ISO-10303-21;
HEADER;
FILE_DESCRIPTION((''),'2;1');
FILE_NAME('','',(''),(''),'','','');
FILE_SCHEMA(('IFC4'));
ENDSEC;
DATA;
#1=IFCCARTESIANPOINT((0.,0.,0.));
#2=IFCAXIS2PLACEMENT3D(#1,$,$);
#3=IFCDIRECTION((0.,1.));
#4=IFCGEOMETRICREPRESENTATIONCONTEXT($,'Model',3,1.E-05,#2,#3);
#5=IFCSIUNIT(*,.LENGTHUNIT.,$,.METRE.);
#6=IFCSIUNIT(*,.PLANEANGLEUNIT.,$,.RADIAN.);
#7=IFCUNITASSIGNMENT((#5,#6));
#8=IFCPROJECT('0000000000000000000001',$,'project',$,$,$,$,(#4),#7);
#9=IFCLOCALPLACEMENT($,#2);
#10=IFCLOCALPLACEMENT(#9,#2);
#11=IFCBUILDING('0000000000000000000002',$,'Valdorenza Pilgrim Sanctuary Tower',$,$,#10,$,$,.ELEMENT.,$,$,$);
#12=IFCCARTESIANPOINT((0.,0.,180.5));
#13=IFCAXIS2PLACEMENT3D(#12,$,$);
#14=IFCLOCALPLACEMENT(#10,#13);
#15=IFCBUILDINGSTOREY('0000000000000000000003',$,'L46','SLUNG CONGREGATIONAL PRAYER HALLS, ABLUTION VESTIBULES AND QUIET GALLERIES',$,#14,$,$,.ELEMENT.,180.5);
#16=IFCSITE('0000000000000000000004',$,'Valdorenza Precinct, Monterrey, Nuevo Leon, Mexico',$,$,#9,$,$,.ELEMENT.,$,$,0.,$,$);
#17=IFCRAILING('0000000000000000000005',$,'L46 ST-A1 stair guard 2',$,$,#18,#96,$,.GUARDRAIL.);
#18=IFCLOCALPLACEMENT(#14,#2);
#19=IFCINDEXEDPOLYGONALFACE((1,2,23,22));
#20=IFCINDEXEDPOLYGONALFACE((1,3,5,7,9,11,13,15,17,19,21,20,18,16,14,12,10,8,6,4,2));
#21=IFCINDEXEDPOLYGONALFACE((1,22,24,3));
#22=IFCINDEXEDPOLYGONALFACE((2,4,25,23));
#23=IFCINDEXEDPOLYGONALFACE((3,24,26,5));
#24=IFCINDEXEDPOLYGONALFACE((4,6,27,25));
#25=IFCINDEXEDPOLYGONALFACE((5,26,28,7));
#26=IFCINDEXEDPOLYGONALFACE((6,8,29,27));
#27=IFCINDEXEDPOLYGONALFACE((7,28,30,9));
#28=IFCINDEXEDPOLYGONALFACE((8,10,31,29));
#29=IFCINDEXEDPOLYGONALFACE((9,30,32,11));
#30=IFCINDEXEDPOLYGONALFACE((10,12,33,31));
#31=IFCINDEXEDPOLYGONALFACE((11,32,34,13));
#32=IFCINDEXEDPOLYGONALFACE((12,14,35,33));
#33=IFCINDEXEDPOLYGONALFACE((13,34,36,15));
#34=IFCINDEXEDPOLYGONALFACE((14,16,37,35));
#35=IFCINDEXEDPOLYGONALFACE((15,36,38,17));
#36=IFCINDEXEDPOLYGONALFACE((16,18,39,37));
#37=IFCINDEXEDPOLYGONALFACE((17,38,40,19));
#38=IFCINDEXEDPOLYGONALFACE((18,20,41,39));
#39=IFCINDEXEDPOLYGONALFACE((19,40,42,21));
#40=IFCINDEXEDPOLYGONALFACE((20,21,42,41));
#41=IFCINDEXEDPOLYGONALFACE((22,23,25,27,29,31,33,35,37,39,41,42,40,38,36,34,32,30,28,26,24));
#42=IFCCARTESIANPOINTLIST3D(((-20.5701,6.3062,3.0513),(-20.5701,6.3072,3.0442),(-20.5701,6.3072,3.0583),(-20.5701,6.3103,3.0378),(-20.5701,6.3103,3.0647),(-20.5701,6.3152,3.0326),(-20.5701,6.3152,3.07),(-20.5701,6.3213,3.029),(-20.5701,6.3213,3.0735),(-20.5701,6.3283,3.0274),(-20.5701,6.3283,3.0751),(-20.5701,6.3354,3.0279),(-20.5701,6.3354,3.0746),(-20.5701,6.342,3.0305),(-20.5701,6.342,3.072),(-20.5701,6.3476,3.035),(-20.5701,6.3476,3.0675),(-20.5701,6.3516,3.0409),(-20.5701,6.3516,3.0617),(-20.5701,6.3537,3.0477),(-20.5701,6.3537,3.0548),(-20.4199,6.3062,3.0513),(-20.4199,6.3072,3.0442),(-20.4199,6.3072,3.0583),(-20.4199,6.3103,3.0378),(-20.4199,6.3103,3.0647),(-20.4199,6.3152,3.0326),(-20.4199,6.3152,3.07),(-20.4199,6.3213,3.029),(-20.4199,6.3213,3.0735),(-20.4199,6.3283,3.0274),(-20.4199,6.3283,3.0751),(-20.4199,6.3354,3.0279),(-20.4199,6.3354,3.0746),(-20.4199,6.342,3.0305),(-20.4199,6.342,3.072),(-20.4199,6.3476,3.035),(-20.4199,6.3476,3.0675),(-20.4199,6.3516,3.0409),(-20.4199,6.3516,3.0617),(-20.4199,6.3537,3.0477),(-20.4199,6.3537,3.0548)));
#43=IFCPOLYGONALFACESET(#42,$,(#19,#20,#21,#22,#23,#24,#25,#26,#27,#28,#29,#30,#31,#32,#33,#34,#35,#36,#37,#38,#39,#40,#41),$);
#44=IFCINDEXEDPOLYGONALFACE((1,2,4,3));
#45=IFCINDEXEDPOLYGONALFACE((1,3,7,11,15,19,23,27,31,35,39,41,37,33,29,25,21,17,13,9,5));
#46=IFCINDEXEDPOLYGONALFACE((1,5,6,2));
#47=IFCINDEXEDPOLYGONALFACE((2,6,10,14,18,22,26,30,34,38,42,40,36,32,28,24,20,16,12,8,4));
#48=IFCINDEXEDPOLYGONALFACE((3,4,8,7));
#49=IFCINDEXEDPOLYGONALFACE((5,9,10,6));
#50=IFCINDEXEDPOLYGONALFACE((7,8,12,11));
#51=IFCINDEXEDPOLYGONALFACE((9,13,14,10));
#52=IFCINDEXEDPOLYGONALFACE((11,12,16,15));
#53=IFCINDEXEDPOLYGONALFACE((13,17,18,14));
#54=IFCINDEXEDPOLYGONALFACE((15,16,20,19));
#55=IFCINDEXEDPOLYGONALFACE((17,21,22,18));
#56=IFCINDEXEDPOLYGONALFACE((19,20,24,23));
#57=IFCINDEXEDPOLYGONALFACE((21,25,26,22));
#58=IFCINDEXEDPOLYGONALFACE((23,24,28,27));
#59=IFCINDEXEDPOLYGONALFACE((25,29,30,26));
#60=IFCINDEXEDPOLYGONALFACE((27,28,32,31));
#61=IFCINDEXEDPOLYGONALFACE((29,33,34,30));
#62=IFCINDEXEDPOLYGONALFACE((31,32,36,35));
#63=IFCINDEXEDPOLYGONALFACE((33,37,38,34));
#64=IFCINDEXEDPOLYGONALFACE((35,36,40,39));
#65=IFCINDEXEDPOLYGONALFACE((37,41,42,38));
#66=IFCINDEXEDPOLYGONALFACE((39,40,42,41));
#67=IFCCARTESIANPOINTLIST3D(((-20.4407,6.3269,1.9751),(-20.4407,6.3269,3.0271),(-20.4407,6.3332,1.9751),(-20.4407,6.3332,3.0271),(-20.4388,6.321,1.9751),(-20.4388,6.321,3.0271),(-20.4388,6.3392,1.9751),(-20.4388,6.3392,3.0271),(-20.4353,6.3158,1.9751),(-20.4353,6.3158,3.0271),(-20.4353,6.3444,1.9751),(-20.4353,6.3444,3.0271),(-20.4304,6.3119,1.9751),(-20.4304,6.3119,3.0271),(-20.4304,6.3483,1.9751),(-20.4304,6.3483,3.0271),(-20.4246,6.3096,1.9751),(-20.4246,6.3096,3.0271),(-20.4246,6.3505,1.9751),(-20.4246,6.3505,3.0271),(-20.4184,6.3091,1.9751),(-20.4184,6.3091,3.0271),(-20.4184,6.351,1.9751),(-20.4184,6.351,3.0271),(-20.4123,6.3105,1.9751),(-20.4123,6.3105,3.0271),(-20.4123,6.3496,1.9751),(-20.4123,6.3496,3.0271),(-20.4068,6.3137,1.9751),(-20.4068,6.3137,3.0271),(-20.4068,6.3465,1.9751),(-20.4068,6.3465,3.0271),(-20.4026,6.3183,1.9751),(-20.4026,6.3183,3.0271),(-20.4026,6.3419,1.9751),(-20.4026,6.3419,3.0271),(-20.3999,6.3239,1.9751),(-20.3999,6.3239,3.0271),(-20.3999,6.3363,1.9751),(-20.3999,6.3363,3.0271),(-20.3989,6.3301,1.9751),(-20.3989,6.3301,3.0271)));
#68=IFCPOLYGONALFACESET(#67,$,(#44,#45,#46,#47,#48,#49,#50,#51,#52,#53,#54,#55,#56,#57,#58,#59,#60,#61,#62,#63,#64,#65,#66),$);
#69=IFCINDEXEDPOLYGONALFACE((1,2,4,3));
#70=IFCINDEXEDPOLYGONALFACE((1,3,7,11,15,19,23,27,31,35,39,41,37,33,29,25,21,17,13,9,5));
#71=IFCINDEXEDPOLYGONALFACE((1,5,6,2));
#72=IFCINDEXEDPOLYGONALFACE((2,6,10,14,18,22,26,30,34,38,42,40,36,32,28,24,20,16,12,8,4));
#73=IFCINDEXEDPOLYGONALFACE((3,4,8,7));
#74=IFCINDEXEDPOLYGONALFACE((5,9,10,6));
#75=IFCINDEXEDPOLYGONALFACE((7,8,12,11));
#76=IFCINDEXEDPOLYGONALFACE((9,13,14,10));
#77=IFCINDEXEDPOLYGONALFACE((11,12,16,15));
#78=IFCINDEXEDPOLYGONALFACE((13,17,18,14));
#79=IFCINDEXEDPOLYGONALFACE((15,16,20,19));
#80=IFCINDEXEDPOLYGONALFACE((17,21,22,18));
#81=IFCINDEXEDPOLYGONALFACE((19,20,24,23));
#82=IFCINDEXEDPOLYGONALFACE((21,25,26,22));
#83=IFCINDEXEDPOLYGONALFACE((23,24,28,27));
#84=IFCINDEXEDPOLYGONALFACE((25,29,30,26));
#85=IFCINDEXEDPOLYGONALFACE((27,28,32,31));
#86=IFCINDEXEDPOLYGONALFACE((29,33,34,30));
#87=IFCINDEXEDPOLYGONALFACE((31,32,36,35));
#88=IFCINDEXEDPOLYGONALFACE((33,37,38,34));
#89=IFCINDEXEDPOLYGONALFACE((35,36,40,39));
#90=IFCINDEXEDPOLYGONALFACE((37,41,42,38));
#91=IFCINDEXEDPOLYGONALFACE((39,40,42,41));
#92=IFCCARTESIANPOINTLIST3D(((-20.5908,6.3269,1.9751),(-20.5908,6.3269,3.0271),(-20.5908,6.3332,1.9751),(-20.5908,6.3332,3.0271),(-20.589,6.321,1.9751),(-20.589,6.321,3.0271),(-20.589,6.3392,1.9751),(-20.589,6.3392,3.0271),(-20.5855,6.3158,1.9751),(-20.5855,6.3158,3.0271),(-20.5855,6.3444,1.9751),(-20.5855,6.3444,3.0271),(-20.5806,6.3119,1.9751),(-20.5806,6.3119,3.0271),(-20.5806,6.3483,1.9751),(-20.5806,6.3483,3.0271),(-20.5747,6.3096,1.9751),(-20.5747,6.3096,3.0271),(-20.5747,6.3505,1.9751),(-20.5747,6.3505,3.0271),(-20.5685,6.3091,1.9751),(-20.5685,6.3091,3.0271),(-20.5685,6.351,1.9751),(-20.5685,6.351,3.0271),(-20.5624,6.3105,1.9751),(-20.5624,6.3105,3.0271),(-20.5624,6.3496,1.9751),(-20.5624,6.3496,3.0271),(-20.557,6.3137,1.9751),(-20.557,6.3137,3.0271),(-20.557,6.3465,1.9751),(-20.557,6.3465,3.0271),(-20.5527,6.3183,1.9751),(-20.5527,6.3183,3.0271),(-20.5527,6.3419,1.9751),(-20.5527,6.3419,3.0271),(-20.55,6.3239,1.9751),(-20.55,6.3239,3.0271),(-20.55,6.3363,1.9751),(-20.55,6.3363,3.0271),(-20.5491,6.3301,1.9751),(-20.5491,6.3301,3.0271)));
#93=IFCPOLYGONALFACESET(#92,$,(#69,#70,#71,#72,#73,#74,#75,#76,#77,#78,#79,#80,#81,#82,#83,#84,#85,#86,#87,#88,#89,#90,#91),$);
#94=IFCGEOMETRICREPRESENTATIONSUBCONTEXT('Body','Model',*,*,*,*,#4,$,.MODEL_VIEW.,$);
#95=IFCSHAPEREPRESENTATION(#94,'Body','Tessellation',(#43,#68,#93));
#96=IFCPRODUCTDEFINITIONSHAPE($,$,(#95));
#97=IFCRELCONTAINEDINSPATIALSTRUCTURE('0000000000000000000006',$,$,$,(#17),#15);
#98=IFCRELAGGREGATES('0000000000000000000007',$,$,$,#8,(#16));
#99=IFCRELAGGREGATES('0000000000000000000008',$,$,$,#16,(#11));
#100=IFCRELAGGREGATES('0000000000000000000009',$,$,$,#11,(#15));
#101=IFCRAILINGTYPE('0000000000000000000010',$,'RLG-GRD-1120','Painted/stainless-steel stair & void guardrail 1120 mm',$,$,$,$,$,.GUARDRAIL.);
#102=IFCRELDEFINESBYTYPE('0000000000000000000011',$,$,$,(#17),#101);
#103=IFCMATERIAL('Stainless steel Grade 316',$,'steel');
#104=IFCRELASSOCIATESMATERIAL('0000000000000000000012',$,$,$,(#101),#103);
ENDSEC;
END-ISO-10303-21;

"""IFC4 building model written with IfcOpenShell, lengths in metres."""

from ifc_helpers import new_model, si_unit, direction, frame, origin, origin_2d, place, context, subcontext, project, spatial, circle, extrude, material, type_object, element, save


model = new_model("IFC4")

# Units and contexts
model_context = context("Model", 3, precision=1e-05, world=origin(), true_north=direction((0.0, 1.0)))
body_context = subcontext(model_context, "Body", "Model", "MODEL_VIEW")
ifc_project = project(units=[si_unit("LENGTHUNIT", "METRE"), si_unit("PLANEANGLEUNIT", "RADIAN")], contexts=[model_context])

# Site, building, storey
site_placement = place(None, origin())
site = spatial("IfcSite", under=ifc_project, at=site_placement, Name="Valdorenza Precinct, Monterrey, Nuevo Leon, Mexico", CompositionType="ELEMENT", RefElevation=0.0)
building_placement = place(site_placement, origin())
building = spatial("IfcBuilding", under=site, at=building_placement, Name="Valdorenza Pilgrim Sanctuary Tower", CompositionType="ELEMENT")
storey_placement = place(building_placement, frame((0.0, 0.0, 180.5)))
storey = spatial("IfcBuildingStorey", under=building, at=storey_placement, Name="L46", Description="SLUNG CONGREGATIONAL PRAYER HALLS, ABLUTION VESTIBULES AND QUIET GALLERIES", CompositionType="ELEMENT", Elevation=180.5)

# Railing
ifc_material_1 = material(Name="Stainless steel Grade 316", Category="steel")
railing_type_1 = type_object("IfcRailingType", Name="RLG-GRD-1120", Description="Painted/stainless-steel stair & void guardrail 1120 mm", PredefinedType="GUARDRAIL", material=ifc_material_1)
railing_1_placement = place(storey_placement, frame((-20.4199, 6.3301, 1.9751)))
element("IfcRailing", 1, at=railing_1_placement, inside=storey, type_object=railing_type_1, Name="L46 ST-A1 stair guard 2", PredefinedType="GUARDRAIL", context=body_context, shape_type="SweptSolid", body=[
    extrude(circle(Radius=0.0239, at=origin_2d()), frame((0.0, 0.0, 1.0762), z_axis=(-1.0, 0.0, 0.0), x_axis=(0.0, -1.0, 0.0)), (0.0, 0.0, 1.0), 0.1501),
    extrude(circle(Radius=0.021, at=origin_2d()), origin(), (0.0, 0.0, 1.0), 1.052),
    extrude(circle(Radius=0.021, at=origin_2d()), frame((-0.1501, 0.0, 0.0)), (0.0, 0.0, 1.0), 1.052),
])

save(model, "model.ifc")
